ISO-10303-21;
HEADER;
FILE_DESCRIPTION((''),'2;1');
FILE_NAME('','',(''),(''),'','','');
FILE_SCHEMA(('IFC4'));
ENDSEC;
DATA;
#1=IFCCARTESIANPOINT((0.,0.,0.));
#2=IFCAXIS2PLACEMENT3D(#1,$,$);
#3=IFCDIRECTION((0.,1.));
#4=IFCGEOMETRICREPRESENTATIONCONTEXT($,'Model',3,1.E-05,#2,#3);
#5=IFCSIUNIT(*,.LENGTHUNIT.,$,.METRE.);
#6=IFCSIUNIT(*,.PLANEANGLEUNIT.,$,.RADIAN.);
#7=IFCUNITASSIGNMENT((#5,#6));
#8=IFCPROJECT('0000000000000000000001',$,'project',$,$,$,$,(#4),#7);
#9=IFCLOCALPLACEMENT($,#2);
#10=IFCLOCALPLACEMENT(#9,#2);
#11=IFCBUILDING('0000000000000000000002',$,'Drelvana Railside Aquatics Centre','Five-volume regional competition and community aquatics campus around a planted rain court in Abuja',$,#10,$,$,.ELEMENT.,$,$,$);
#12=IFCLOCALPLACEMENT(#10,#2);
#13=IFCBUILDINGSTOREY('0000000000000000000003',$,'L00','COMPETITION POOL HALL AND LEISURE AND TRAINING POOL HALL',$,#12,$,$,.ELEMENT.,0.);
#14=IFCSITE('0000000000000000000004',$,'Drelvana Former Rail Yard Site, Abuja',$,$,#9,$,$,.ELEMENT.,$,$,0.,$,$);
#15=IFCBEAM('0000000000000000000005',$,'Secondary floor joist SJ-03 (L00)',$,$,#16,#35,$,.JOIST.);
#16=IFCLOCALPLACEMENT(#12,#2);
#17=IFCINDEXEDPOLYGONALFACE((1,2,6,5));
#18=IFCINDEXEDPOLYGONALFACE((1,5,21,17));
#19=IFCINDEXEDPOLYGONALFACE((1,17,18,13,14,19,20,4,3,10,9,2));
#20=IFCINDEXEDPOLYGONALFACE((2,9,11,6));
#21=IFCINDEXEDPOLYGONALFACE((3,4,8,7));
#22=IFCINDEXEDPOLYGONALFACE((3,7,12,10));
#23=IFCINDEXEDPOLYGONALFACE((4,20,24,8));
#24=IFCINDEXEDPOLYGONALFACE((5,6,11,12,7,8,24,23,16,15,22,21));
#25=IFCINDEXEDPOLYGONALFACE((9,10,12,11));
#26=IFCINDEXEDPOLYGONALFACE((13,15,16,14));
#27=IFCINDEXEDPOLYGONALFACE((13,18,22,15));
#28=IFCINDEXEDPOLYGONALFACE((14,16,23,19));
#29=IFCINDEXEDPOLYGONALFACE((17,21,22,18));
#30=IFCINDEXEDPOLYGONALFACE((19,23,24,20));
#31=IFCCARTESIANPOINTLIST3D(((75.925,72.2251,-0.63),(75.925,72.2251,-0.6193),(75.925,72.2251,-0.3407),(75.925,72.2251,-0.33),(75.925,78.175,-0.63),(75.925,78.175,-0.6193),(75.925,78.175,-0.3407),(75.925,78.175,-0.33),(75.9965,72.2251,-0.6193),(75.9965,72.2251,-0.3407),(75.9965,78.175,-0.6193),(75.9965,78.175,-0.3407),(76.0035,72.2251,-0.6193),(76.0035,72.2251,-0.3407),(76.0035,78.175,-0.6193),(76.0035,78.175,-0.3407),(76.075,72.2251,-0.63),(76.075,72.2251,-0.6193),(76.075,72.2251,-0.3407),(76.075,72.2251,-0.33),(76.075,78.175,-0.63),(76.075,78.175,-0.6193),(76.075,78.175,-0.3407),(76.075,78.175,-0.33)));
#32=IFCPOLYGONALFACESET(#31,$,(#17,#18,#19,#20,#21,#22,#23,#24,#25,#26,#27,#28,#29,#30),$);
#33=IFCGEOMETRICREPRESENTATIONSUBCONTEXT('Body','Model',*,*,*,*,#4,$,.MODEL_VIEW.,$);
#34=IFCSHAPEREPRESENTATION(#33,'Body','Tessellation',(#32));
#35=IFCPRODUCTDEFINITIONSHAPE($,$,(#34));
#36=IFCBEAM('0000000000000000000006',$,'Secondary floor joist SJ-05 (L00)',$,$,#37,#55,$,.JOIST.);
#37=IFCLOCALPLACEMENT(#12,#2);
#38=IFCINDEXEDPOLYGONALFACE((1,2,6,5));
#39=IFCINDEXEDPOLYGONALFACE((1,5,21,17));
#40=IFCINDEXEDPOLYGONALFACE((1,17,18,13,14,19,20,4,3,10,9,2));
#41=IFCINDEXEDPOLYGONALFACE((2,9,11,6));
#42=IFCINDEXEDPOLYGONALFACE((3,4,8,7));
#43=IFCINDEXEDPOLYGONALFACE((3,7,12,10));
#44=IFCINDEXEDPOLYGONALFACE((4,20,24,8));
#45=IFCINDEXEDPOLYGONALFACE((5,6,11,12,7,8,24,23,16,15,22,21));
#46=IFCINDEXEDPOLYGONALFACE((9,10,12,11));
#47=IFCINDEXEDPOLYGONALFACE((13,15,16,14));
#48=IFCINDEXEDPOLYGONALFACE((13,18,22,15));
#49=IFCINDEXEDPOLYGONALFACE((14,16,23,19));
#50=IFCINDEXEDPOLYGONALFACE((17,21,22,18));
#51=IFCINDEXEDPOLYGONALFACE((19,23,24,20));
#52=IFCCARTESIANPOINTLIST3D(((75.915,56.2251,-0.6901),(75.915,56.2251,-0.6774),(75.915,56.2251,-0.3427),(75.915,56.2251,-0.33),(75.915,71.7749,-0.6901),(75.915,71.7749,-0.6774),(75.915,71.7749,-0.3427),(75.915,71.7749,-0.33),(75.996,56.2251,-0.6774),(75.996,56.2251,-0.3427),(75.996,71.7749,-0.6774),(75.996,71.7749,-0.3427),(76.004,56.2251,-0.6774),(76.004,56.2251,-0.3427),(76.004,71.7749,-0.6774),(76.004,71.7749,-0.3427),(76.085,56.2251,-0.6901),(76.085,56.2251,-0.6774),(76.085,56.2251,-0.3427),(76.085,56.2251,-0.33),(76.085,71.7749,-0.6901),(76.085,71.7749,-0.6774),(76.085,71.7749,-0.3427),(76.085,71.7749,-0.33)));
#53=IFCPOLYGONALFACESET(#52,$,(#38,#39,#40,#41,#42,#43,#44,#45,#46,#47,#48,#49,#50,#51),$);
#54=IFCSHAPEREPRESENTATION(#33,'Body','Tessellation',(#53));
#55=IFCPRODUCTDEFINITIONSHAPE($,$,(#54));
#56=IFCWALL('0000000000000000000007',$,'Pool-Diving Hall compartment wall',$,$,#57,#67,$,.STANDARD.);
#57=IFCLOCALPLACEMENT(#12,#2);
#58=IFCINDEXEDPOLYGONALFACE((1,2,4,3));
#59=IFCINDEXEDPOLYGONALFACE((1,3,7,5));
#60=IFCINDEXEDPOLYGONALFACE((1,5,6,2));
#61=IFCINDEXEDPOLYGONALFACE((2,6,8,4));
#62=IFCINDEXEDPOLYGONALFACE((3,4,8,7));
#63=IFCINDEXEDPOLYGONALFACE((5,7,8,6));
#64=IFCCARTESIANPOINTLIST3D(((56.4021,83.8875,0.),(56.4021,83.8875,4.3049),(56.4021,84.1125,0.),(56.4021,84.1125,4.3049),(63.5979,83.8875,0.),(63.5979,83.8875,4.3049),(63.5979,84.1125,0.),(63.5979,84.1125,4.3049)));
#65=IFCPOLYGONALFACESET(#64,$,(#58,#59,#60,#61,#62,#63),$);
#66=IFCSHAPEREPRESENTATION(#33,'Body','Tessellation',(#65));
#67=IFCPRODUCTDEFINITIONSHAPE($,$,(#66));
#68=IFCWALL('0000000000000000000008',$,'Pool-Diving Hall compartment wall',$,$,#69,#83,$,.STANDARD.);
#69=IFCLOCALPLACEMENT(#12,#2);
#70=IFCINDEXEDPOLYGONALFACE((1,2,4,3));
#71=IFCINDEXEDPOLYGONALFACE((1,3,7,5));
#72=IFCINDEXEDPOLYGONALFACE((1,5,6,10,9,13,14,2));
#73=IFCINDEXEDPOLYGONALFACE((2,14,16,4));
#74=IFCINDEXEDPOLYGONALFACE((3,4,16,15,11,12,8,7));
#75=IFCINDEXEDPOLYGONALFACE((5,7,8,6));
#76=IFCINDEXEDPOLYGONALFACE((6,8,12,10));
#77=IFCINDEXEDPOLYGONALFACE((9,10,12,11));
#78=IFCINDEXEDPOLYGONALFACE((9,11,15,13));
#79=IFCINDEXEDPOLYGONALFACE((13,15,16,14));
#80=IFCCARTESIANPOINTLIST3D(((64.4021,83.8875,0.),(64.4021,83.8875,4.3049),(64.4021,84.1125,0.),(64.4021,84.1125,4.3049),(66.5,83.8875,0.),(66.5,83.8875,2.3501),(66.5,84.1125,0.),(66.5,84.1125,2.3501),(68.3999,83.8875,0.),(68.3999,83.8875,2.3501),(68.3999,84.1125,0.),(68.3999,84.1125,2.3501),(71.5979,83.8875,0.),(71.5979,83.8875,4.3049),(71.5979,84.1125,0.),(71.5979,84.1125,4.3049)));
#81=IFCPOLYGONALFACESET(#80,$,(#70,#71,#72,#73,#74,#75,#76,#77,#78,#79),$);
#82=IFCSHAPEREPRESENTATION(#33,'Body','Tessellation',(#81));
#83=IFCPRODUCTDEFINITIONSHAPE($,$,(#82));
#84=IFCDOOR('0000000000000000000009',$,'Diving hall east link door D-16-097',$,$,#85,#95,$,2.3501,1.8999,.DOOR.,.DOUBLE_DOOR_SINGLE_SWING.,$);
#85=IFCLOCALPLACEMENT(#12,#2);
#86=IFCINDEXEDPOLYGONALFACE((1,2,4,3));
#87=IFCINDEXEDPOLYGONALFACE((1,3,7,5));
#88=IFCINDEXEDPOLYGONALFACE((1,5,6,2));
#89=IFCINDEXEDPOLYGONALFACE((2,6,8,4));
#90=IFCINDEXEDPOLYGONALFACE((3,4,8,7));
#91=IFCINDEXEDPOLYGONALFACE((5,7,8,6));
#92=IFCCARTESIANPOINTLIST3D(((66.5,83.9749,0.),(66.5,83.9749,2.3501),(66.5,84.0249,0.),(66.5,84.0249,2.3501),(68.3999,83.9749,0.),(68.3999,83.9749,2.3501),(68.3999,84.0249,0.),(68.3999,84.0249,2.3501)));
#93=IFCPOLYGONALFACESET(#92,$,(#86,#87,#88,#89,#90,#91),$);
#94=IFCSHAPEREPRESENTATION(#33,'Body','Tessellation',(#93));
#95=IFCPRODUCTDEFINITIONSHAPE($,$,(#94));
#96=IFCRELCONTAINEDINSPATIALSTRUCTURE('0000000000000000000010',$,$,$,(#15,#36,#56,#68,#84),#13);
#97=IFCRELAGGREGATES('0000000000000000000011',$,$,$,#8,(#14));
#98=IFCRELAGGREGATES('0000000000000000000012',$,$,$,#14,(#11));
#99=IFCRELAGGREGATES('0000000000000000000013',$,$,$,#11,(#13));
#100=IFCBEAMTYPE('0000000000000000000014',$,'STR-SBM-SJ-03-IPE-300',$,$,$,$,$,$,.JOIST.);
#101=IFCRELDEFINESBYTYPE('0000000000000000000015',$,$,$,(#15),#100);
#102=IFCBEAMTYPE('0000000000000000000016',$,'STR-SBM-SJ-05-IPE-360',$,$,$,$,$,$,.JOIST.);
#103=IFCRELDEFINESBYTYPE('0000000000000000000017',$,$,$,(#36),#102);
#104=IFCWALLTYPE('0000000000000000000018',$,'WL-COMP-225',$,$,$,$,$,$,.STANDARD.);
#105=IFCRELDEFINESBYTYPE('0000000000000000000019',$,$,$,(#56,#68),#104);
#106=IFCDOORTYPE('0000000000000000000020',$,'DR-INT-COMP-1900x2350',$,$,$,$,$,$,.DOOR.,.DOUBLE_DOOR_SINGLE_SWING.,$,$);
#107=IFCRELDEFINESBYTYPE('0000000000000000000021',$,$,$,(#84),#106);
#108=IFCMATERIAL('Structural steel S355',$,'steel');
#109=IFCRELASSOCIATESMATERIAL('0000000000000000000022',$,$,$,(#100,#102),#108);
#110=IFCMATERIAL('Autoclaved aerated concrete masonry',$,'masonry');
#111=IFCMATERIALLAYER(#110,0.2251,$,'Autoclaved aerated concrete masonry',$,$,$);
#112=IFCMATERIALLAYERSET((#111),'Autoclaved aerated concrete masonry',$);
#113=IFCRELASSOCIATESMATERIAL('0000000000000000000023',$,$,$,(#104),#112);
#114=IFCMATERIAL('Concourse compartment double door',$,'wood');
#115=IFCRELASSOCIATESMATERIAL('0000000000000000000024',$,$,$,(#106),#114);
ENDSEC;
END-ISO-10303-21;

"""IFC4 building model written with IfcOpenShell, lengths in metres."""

from ifc_helpers import new_model, si_unit, direction, frame, frame_2d, origin, origin_2d, place, context, subcontext, project, spatial, rectangle, i_section, extrude, material, layer, layer_set, material_profile, profile_set, type_object, element, fill, save


model = new_model("IFC4")

# Units and contexts
model_context = context("Model", 3, precision=1e-05, world=origin(), true_north=direction((0.0, 1.0)))
body_context = subcontext(model_context, "Body", "Model", "MODEL_VIEW")
ifc_project = project(units=[si_unit("LENGTHUNIT", "METRE"), si_unit("PLANEANGLEUNIT", "RADIAN")], contexts=[model_context])

# Site, building, storey
site_placement = place(None, origin())
site = spatial("IfcSite", under=ifc_project, at=site_placement, Name="Drelvana Former Rail Yard Site, Abuja", CompositionType="ELEMENT", RefElevation=0.0)
building_placement = place(site_placement, origin())
building = spatial("IfcBuilding", under=site, at=building_placement, Name="Drelvana Railside Aquatics Centre", Description="Five-volume regional competition and community aquatics campus around a planted rain court in Abuja", CompositionType="ELEMENT")
storey_placement = place(building_placement, origin())
storey = spatial("IfcBuildingStorey", under=building, at=storey_placement, Name="L00", Description="COMPETITION POOL HALL AND LEISURE AND TRAINING POOL HALL", CompositionType="ELEMENT", Elevation=0.0)

# Beams
ifc_material_1 = material(Name="Structural steel S355", Category="steel")
ifc_material_profile_1 = material_profile(ifc_material_1, i_section(OverallWidth=0.1499, OverallDepth=0.3, WebThickness=0.0071, FlangeThickness=0.0107, at=origin_2d()), Name="IPE 300")
ifc_profile_set_1 = profile_set([ifc_material_profile_1], Name="Structural steel S355")
beam_type_1 = type_object("IfcBeamType", Name="STR-SBM-SJ-03-IPE-300", PredefinedType="JOIST", material=ifc_profile_set_1)
beam_1_placement = place(storey_placement, frame((76.0, 72.2251, -0.48), z_axis=(0.0, 1.0, 0.0), x_axis=(-1.0, 0.0, 0.0)))
element("IfcBeam", 1, at=beam_1_placement, inside=storey, type_object=beam_type_1, Name="Secondary floor joist SJ-03 (L00)", PredefinedType="JOIST", context=body_context, shape_type="SweptSolid", body=[
    extrude(i_section(OverallWidth=0.1499, OverallDepth=0.3, WebThickness=0.0071, FlangeThickness=0.0107, at=origin_2d()), origin(), (0.0, 0.0, 1.0), 5.95),
])
ifc_material_profile_2 = material_profile(ifc_material_1, i_section(OverallWidth=0.1699, OverallDepth=0.3601, WebThickness=0.0081, FlangeThickness=0.0127, at=origin_2d()), Name="IPE 360")
ifc_profile_set_2 = profile_set([ifc_material_profile_2], Name="Structural steel S355")
beam_type_2 = type_object("IfcBeamType", Name="STR-SBM-SJ-05-IPE-360", PredefinedType="JOIST", material=ifc_profile_set_2)
beam_2_placement = place(storey_placement, frame((76.0, 56.2251, -0.51), z_axis=(0.0, 1.0, 0.0), x_axis=(-1.0, 0.0, 0.0)))
element("IfcBeam", 2, at=beam_2_placement, inside=storey, type_object=beam_type_2, Name="Secondary floor joist SJ-05 (L00)", PredefinedType="JOIST", context=body_context, shape_type="SweptSolid", body=[
    extrude(i_section(OverallWidth=0.1699, OverallDepth=0.3601, WebThickness=0.0081, FlangeThickness=0.0127, at=origin_2d()), origin(), (0.0, 0.0, 1.0), 15.5498),
])

# Wall
ifc_material_2 = material(Name="Autoclaved aerated concrete masonry", Category="masonry")
ifc_layer = layer(ifc_material_2, 0.2251, Name="Autoclaved aerated concrete masonry")
ifc_layer_set = layer_set([ifc_layer], Name="Autoclaved aerated concrete masonry")
wall_type = type_object("IfcWallType", Name="WL-COMP-225", PredefinedType="STANDARD", material=ifc_layer_set)
wall_1_placement = place(storey_placement, frame((56.4021, 84.0, 0.0), z_axis=(0.0, 0.0, 1.0), x_axis=(1.0, 0.0, 0.0)))
element("IfcWall", 3, at=wall_1_placement, inside=storey, type_object=wall_type, Name="Pool-Diving Hall compartment wall", PredefinedType="STANDARD", context=body_context, shape_type="SweptSolid", body=[
    extrude(rectangle(XDim=7.1958, YDim=0.2251, at=frame_2d((3.5979, 0.0))), origin(), (0.0, 0.0, 1.0), 4.3049),
])

# Wall, opening, door
wall_2_placement = place(storey_placement, frame((64.4021, 84.0, 0.0), z_axis=(0.0, 0.0, 1.0), x_axis=(1.0, 0.0, 0.0)))
wall_2 = element("IfcWall", 4, at=wall_2_placement, inside=storey, type_object=wall_type, Name="Pool-Diving Hall compartment wall", PredefinedType="STANDARD", context=body_context, shape_type="SweptSolid", body=[
    extrude(rectangle(XDim=7.1958, YDim=0.2251, at=frame_2d((3.5979, 0.0))), origin(), (0.0, 0.0, 1.0), 4.3049),
])
opening_placement = place(wall_2_placement, frame((2.0979, 0.0, 0.0)))
opening = element("IfcOpeningElement", 5, at=opening_placement, cuts=wall_2, PredefinedType="OPENING", context=body_context, shape_type="SweptSolid", body=[
    extrude(rectangle(XDim=1.8999, YDim=2.3501, at=frame_2d((0.95, 1.175))), frame((0.0, 0.1226, 0.0), z_axis=(0.0, -1.0, 0.0), x_axis=(1.0, 0.0, 0.0)), (0.0, 0.0, 1.0), 0.2451),
])
ifc_material_3 = material(Name="Concourse compartment double door", Category="wood")
door_type = type_object("IfcDoorType", Name="DR-INT-COMP-1900x2350", OperationType="DOUBLE_DOOR_SINGLE_SWING", PredefinedType="DOOR", material=ifc_material_3)
door_placement = place(opening_placement, origin())
door = element("IfcDoor", 6, at=door_placement, inside=storey, type_object=door_type, Name="Diving hall east link door D-16-097", OperationType="DOUBLE_DOOR_SINGLE_SWING", OverallHeight=2.3501, OverallWidth=1.8999, PredefinedType="DOOR", context=body_context, shape_type="SweptSolid", body=[
    extrude(rectangle(XDim=1.8999, YDim=2.3501, at=frame_2d((0.95, 1.175))), frame((0.0, 0.0249, 0.0), z_axis=(0.0, -1.0, 0.0), x_axis=(1.0, 0.0, 0.0)), (0.0, 0.0, 1.0), 0.05),
])
fill(opening, door)

save(model, "model.ifc")
